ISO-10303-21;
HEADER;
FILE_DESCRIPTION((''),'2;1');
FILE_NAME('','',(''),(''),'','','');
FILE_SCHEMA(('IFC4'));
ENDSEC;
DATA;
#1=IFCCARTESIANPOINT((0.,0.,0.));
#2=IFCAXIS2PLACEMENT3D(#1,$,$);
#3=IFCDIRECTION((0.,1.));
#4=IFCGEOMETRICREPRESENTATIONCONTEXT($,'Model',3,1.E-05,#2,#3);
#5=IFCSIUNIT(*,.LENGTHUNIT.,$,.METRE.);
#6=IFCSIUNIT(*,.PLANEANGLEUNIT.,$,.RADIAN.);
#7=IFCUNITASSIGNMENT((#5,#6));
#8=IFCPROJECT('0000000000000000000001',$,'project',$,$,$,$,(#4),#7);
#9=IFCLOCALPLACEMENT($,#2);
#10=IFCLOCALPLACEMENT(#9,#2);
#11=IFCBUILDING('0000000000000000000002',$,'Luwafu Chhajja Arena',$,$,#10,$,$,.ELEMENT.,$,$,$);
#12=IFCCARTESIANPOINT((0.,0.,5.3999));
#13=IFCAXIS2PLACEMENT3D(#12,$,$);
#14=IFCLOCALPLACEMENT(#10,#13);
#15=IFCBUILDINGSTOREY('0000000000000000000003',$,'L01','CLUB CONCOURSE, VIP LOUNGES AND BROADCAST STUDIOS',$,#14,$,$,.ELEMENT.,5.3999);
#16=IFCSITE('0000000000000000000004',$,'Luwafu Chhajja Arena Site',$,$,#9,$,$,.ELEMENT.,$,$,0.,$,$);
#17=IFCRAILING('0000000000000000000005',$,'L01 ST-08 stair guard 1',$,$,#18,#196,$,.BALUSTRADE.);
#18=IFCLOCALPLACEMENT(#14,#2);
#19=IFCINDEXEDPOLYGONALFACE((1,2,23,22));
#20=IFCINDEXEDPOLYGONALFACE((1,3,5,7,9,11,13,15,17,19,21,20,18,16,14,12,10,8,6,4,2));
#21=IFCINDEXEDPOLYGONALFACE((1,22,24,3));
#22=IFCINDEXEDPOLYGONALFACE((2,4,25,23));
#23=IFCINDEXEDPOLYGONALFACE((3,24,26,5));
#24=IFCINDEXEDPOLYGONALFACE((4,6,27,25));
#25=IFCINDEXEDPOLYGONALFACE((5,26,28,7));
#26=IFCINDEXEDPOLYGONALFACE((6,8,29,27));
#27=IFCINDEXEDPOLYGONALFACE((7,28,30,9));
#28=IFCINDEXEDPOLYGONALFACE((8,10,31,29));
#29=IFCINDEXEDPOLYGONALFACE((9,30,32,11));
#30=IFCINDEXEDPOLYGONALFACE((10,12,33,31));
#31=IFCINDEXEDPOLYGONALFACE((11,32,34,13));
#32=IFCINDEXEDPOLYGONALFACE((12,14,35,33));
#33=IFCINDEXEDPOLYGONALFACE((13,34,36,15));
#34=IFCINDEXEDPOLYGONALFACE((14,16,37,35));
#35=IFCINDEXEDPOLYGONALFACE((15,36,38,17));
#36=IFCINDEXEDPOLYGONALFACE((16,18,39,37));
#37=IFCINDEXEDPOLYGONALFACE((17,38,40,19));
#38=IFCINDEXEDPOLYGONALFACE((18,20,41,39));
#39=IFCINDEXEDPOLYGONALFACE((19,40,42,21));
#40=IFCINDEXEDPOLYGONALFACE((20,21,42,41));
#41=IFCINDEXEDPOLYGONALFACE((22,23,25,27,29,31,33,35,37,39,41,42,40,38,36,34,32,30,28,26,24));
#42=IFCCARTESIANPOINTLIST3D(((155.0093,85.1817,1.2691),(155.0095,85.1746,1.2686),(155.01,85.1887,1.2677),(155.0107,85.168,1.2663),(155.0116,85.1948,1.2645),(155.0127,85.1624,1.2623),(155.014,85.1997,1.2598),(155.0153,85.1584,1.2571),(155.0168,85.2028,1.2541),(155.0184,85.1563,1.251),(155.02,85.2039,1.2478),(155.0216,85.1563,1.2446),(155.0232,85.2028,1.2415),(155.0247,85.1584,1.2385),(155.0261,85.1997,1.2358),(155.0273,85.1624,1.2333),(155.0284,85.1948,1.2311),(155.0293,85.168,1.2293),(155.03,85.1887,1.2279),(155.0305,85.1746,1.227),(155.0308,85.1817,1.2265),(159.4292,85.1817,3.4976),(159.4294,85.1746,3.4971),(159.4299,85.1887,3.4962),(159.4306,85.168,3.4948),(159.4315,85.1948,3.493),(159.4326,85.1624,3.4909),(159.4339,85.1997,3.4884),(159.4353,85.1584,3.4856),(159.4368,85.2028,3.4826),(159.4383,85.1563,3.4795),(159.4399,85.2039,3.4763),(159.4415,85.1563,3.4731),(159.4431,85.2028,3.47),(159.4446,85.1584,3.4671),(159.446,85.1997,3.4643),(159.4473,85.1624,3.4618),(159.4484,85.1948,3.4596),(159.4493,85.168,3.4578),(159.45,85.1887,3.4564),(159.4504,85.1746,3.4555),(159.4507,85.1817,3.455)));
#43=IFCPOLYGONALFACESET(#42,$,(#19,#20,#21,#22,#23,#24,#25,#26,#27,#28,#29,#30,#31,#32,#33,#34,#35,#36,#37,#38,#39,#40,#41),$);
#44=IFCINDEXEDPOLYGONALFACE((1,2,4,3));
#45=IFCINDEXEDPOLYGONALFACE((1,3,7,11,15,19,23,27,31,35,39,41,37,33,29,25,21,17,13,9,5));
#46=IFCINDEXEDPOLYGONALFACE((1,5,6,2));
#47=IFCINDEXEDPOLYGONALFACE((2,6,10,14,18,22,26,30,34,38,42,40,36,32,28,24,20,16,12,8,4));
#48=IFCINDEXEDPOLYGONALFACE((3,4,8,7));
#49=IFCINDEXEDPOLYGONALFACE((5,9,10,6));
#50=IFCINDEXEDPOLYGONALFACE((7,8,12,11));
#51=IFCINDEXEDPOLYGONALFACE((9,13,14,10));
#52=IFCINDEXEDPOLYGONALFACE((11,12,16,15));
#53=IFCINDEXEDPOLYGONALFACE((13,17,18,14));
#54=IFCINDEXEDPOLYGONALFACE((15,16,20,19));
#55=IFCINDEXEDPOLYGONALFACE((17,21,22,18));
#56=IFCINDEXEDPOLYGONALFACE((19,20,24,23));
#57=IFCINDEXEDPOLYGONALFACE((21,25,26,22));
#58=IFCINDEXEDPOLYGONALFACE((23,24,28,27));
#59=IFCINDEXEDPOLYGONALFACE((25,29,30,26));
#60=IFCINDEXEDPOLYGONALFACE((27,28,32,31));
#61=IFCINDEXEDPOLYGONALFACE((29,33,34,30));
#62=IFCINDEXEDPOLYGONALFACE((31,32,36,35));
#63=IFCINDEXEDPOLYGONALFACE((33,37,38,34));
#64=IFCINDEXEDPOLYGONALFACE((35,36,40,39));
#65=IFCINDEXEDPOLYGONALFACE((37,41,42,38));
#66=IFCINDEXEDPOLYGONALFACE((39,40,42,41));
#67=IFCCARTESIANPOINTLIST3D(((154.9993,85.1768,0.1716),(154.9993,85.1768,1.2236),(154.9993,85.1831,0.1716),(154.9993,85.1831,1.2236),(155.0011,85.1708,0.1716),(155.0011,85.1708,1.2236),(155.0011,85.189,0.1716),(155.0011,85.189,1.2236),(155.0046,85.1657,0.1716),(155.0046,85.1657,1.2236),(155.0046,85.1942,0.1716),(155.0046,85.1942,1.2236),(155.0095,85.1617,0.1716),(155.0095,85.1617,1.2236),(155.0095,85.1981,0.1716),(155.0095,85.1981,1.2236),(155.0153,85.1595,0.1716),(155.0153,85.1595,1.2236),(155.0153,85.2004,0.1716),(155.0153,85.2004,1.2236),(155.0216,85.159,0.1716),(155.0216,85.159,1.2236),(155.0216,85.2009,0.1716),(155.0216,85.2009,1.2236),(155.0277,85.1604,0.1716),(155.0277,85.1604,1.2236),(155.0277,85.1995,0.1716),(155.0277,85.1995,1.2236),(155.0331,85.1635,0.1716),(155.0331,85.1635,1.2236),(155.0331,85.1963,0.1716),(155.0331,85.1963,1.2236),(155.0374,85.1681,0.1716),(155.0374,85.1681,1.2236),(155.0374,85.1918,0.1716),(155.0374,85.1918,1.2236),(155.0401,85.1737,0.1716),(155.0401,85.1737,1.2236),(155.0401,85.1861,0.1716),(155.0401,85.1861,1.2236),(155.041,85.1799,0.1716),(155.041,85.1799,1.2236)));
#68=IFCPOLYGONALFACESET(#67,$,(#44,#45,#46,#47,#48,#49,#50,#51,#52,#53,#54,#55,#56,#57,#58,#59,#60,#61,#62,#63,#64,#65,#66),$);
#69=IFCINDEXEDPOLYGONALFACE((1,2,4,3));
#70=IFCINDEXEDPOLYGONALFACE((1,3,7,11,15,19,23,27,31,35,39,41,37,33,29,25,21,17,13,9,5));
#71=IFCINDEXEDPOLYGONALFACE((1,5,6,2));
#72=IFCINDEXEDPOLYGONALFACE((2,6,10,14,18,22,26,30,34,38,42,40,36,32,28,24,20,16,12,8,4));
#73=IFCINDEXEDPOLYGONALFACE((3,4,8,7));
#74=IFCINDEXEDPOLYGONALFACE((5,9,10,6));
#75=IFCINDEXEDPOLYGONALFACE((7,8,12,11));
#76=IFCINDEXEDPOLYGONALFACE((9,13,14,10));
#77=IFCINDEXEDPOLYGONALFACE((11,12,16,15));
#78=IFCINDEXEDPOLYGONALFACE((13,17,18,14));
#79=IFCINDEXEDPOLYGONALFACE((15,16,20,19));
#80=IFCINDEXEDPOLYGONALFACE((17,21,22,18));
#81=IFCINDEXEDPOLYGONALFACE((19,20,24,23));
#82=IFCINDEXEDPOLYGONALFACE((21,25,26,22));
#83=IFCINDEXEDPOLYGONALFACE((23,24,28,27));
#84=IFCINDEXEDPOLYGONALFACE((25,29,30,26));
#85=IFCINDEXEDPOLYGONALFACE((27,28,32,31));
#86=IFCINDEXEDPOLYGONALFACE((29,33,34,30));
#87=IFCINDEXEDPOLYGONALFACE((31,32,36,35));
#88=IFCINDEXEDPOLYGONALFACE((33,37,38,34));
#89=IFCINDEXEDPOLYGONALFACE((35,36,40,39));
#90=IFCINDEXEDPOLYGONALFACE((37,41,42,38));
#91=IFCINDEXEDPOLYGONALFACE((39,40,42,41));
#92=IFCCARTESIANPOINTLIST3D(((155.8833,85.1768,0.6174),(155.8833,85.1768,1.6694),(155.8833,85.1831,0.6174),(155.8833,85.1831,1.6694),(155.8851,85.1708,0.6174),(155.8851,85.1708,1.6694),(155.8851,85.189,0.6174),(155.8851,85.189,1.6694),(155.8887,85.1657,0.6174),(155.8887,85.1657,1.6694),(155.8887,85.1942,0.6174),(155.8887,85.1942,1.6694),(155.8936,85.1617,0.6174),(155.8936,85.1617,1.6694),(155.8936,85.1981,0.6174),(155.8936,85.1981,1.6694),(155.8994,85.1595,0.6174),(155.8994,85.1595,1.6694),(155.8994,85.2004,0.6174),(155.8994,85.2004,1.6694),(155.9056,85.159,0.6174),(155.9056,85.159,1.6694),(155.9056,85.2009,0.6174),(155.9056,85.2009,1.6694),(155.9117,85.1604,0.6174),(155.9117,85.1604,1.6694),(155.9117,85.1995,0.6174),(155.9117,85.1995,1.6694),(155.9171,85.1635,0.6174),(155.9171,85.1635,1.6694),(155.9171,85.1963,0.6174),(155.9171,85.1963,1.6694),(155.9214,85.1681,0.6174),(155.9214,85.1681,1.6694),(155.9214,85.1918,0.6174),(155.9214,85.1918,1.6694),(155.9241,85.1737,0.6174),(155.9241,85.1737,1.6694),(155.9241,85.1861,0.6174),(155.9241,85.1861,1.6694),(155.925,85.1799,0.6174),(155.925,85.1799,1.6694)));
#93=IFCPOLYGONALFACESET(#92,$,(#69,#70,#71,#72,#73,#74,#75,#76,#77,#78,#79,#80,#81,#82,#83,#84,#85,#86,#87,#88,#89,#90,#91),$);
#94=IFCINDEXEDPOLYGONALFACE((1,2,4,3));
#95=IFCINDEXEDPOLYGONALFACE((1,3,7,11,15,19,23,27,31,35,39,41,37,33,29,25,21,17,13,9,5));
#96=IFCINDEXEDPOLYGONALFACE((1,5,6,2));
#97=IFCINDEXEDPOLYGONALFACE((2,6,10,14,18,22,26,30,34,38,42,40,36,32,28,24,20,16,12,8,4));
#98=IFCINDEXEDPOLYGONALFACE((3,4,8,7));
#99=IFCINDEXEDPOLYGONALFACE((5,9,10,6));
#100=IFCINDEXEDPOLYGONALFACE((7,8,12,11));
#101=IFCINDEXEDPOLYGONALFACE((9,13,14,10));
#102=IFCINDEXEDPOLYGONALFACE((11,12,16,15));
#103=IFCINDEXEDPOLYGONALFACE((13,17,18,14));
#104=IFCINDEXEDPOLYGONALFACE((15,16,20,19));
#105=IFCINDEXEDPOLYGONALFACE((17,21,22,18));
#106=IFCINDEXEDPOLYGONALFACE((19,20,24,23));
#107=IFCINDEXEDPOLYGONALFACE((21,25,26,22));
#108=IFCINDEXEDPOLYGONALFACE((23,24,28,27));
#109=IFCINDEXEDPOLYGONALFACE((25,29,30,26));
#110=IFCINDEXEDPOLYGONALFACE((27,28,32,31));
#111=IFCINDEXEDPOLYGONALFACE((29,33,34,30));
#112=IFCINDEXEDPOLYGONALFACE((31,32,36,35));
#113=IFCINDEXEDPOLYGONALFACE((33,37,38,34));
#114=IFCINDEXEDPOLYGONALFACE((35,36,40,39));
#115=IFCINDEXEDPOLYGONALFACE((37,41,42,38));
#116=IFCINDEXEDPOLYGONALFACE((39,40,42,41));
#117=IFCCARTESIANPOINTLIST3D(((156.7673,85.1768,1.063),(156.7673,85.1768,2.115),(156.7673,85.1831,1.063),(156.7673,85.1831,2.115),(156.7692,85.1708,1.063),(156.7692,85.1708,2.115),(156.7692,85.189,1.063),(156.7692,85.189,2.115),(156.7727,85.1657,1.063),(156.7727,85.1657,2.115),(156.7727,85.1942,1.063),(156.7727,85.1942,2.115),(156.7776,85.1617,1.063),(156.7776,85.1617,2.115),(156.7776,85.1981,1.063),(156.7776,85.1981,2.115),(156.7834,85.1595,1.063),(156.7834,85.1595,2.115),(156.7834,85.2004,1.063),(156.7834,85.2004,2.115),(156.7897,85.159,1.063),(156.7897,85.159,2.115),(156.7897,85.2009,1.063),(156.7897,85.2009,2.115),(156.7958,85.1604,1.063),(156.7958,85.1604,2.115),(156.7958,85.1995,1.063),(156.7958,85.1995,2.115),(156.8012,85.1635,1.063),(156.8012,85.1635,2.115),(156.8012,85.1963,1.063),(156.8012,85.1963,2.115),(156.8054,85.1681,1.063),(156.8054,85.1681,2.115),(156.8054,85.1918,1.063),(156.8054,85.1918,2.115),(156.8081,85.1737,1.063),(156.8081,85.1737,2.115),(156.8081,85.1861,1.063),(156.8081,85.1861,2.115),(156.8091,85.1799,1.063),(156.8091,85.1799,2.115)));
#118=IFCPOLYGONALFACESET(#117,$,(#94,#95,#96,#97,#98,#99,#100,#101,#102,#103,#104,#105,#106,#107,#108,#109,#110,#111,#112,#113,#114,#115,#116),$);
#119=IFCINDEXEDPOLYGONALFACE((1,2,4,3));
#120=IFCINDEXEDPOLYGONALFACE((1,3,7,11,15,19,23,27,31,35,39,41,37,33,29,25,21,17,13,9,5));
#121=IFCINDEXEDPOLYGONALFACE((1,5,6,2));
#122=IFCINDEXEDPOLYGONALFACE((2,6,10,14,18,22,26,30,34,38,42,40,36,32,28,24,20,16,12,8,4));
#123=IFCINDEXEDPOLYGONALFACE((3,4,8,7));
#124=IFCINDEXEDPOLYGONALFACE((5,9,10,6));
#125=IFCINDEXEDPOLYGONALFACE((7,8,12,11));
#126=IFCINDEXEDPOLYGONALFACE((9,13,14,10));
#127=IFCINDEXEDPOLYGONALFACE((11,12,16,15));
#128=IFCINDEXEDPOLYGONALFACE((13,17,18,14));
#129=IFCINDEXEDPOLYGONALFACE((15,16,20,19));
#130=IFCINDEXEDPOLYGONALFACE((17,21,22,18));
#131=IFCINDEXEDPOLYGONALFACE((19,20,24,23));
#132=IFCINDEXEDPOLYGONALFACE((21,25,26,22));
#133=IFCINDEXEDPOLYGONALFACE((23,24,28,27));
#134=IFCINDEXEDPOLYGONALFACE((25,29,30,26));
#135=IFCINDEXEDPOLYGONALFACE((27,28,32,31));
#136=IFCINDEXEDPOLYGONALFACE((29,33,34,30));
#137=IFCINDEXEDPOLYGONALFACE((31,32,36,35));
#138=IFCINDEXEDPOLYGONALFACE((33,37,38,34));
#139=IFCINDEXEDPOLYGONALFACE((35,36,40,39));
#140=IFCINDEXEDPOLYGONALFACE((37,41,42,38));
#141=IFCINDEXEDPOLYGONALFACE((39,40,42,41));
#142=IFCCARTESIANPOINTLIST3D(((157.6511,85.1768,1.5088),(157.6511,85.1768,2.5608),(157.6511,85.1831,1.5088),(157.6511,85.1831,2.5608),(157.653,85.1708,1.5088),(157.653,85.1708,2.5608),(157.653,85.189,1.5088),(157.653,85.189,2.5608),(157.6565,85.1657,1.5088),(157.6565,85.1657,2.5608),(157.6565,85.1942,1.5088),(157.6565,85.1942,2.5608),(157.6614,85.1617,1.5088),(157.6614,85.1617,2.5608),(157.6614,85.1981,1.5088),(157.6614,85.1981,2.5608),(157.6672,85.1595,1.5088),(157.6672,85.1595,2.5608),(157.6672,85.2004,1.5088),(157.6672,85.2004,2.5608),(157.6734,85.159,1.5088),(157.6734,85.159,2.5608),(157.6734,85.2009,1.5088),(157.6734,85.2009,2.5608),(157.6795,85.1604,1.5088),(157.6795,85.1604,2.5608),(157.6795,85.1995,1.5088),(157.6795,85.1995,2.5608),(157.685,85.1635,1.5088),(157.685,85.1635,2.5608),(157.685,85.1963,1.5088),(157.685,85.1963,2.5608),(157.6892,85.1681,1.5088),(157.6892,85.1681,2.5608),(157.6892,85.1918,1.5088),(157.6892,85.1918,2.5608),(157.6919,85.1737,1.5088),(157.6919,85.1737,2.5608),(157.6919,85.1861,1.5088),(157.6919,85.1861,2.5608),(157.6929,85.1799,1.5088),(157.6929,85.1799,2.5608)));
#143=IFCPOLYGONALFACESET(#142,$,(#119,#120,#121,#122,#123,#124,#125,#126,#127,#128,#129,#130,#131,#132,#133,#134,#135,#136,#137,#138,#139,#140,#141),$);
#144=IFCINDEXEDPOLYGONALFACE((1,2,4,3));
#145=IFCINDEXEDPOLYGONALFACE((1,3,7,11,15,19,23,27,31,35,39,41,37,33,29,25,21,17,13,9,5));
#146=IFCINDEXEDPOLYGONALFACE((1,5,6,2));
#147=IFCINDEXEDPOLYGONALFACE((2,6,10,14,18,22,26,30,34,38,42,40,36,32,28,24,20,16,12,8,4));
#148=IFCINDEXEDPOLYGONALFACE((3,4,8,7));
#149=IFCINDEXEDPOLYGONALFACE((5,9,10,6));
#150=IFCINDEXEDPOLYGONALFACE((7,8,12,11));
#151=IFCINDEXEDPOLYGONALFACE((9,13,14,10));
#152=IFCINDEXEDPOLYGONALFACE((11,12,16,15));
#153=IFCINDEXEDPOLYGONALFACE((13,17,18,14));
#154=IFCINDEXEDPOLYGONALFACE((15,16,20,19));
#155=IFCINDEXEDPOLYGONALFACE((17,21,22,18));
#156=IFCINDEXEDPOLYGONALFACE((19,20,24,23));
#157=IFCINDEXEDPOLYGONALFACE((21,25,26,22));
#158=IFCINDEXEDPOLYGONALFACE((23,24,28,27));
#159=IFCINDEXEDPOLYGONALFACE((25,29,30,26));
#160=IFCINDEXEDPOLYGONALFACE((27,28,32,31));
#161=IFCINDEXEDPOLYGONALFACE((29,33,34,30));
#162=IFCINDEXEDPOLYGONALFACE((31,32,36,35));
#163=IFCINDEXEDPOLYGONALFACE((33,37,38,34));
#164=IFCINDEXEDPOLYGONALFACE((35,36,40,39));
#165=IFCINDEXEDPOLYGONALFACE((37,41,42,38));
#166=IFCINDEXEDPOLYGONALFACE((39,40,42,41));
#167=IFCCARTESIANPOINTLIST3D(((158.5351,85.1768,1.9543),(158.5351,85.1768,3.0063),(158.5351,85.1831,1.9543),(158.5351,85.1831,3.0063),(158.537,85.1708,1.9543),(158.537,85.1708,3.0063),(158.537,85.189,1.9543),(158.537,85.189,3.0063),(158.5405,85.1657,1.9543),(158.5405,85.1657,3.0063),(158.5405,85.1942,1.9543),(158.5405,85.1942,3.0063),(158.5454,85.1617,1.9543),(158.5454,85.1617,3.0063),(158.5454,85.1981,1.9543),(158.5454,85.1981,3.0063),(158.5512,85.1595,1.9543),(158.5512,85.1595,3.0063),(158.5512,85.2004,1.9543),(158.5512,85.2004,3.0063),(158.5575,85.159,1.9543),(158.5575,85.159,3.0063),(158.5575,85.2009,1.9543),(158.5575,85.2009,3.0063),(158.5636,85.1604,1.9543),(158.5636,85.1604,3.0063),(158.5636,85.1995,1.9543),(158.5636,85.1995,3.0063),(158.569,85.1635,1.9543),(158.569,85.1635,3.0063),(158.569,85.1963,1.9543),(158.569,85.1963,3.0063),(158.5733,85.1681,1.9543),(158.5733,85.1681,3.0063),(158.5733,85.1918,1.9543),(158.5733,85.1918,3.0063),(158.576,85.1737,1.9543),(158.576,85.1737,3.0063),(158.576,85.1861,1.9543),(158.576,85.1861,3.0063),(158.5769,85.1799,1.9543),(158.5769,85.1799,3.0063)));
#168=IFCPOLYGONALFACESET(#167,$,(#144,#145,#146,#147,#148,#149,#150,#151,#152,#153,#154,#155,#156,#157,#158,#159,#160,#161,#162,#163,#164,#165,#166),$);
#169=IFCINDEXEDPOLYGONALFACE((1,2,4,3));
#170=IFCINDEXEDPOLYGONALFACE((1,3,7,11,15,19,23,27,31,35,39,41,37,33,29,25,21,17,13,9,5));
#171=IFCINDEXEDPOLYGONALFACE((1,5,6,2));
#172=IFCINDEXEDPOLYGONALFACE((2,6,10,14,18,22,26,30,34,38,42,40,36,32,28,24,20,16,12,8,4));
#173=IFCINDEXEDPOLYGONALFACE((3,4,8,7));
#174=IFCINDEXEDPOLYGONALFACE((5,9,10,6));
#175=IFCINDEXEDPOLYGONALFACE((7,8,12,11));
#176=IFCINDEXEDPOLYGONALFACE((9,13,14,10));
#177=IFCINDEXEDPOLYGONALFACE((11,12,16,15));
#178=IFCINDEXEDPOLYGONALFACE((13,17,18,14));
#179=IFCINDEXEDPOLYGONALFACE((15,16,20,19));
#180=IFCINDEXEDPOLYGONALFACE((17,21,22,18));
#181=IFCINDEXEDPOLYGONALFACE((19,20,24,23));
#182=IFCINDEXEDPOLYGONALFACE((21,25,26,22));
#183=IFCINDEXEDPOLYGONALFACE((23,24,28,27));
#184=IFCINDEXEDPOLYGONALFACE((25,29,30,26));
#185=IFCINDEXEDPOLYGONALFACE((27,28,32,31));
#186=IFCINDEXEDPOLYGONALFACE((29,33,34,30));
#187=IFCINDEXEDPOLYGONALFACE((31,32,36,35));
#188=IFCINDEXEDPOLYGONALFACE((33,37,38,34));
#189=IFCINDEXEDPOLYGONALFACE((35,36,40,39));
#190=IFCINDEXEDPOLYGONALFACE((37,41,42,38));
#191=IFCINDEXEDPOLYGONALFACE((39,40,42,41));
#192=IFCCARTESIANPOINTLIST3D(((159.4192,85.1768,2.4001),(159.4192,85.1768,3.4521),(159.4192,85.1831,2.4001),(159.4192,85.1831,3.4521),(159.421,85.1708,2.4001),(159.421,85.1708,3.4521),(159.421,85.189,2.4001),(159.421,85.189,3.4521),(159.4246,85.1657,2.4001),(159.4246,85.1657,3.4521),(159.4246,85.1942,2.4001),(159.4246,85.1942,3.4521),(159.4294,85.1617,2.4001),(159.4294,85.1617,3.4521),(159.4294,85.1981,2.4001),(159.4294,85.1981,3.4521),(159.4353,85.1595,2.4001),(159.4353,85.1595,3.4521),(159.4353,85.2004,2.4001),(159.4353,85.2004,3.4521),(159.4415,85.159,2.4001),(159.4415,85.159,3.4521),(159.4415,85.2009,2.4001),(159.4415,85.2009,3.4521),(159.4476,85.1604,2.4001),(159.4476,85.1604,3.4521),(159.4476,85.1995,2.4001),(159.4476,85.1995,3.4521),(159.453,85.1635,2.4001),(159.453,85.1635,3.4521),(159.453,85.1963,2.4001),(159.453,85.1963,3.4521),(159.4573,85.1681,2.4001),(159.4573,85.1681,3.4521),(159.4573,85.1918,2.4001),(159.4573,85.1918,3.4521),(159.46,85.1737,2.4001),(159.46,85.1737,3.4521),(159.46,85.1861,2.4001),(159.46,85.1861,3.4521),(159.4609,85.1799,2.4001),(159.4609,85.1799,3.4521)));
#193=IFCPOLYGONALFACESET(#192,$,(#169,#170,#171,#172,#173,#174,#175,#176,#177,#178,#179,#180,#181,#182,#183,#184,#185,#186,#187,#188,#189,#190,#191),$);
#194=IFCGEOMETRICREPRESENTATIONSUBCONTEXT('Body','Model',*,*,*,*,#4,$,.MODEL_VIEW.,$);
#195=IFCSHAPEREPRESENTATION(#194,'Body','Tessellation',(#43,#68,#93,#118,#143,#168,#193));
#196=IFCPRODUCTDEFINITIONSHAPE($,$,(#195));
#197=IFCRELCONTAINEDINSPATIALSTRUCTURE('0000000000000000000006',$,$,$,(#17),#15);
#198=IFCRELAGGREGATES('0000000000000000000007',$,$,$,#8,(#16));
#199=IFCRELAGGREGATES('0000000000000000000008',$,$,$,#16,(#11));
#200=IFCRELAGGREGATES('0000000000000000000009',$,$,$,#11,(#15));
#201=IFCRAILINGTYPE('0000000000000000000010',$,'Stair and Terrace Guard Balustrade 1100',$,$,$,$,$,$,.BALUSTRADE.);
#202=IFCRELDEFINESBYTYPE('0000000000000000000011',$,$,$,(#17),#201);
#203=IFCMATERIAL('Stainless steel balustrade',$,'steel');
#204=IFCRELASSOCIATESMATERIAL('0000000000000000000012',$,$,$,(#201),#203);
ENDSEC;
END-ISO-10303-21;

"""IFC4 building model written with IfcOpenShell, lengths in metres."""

from ifc_helpers import new_model, si_unit, direction, frame, origin, origin_2d, place, context, subcontext, project, spatial, circle, extrude, material, type_object, element, save


model = new_model("IFC4")

# Units and contexts
model_context = context("Model", 3, precision=1e-05, world=origin(), true_north=direction((0.0, 1.0)))
body_context = subcontext(model_context, "Body", "Model", "MODEL_VIEW")
ifc_project = project(units=[si_unit("LENGTHUNIT", "METRE"), si_unit("PLANEANGLEUNIT", "RADIAN")], contexts=[model_context])

# Site, building, storey
site_placement = place(None, origin())
site = spatial("IfcSite", under=ifc_project, at=site_placement, Name="Luwafu Chhajja Arena Site", CompositionType="ELEMENT", RefElevation=0.0)
building_placement = place(site_placement, origin())
building = spatial("IfcBuilding", under=site, at=building_placement, Name="Luwafu Chhajja Arena", CompositionType="ELEMENT")
storey_placement = place(building_placement, frame((0.0, 0.0, 5.3999)))
storey = spatial("IfcBuildingStorey", under=building, at=storey_placement, Name="L01", Description="CLUB CONCOURSE, VIP LOUNGES AND BROADCAST STUDIOS", CompositionType="ELEMENT", Elevation=5.3999)

# Railing
ifc_material_1 = material(Name="Stainless steel balustrade", Category="steel")
railing_type_1 = type_object("IfcRailingType", Name="Stair and Terrace Guard Balustrade 1100", PredefinedType="BALUSTRADE", material=ifc_material_1)
railing_1_placement = place(storey_placement, frame((155.02, 85.1799, 0.1716)))
element("IfcRailing", 1, at=railing_1_placement, inside=storey, type_object=railing_type_1, Name="L01 ST-08 stair guard 1", PredefinedType="BALUSTRADE", context=body_context, shape_type="SweptSolid", body=[
    extrude(circle(Radius=0.0239, at=origin_2d()), frame((0.0, 0.0, 1.0762), z_axis=(0.892923, 0.0, 0.45021), x_axis=(0.0, 1.0, 0.0)), (0.0, 0.0, 1.0), 4.95),
    extrude(circle(Radius=0.021, at=origin_2d()), origin(), (0.0, 0.0, 1.0), 1.052),
    extrude(circle(Radius=0.021, at=origin_2d()), frame((0.884, 0.0, 0.4458)), (0.0, 0.0, 1.0), 1.052),
    extrude(circle(Radius=0.021, at=origin_2d()), frame((1.7681, 0.0, 0.8914)), (0.0, 0.0, 1.0), 1.052),
    extrude(circle(Radius=0.021, at=origin_2d()), frame((2.6519, 0.0, 1.3372)), (0.0, 0.0, 1.0), 1.052),
    extrude(circle(Radius=0.021, at=origin_2d()), frame((3.5359, 0.0, 1.7827)), (0.0, 0.0, 1.0), 1.052),
    extrude(circle(Radius=0.021, at=origin_2d()), frame((4.4199, 0.0, 2.2285)), (0.0, 0.0, 1.0), 1.052),
])

save(model, "model.ifc")
